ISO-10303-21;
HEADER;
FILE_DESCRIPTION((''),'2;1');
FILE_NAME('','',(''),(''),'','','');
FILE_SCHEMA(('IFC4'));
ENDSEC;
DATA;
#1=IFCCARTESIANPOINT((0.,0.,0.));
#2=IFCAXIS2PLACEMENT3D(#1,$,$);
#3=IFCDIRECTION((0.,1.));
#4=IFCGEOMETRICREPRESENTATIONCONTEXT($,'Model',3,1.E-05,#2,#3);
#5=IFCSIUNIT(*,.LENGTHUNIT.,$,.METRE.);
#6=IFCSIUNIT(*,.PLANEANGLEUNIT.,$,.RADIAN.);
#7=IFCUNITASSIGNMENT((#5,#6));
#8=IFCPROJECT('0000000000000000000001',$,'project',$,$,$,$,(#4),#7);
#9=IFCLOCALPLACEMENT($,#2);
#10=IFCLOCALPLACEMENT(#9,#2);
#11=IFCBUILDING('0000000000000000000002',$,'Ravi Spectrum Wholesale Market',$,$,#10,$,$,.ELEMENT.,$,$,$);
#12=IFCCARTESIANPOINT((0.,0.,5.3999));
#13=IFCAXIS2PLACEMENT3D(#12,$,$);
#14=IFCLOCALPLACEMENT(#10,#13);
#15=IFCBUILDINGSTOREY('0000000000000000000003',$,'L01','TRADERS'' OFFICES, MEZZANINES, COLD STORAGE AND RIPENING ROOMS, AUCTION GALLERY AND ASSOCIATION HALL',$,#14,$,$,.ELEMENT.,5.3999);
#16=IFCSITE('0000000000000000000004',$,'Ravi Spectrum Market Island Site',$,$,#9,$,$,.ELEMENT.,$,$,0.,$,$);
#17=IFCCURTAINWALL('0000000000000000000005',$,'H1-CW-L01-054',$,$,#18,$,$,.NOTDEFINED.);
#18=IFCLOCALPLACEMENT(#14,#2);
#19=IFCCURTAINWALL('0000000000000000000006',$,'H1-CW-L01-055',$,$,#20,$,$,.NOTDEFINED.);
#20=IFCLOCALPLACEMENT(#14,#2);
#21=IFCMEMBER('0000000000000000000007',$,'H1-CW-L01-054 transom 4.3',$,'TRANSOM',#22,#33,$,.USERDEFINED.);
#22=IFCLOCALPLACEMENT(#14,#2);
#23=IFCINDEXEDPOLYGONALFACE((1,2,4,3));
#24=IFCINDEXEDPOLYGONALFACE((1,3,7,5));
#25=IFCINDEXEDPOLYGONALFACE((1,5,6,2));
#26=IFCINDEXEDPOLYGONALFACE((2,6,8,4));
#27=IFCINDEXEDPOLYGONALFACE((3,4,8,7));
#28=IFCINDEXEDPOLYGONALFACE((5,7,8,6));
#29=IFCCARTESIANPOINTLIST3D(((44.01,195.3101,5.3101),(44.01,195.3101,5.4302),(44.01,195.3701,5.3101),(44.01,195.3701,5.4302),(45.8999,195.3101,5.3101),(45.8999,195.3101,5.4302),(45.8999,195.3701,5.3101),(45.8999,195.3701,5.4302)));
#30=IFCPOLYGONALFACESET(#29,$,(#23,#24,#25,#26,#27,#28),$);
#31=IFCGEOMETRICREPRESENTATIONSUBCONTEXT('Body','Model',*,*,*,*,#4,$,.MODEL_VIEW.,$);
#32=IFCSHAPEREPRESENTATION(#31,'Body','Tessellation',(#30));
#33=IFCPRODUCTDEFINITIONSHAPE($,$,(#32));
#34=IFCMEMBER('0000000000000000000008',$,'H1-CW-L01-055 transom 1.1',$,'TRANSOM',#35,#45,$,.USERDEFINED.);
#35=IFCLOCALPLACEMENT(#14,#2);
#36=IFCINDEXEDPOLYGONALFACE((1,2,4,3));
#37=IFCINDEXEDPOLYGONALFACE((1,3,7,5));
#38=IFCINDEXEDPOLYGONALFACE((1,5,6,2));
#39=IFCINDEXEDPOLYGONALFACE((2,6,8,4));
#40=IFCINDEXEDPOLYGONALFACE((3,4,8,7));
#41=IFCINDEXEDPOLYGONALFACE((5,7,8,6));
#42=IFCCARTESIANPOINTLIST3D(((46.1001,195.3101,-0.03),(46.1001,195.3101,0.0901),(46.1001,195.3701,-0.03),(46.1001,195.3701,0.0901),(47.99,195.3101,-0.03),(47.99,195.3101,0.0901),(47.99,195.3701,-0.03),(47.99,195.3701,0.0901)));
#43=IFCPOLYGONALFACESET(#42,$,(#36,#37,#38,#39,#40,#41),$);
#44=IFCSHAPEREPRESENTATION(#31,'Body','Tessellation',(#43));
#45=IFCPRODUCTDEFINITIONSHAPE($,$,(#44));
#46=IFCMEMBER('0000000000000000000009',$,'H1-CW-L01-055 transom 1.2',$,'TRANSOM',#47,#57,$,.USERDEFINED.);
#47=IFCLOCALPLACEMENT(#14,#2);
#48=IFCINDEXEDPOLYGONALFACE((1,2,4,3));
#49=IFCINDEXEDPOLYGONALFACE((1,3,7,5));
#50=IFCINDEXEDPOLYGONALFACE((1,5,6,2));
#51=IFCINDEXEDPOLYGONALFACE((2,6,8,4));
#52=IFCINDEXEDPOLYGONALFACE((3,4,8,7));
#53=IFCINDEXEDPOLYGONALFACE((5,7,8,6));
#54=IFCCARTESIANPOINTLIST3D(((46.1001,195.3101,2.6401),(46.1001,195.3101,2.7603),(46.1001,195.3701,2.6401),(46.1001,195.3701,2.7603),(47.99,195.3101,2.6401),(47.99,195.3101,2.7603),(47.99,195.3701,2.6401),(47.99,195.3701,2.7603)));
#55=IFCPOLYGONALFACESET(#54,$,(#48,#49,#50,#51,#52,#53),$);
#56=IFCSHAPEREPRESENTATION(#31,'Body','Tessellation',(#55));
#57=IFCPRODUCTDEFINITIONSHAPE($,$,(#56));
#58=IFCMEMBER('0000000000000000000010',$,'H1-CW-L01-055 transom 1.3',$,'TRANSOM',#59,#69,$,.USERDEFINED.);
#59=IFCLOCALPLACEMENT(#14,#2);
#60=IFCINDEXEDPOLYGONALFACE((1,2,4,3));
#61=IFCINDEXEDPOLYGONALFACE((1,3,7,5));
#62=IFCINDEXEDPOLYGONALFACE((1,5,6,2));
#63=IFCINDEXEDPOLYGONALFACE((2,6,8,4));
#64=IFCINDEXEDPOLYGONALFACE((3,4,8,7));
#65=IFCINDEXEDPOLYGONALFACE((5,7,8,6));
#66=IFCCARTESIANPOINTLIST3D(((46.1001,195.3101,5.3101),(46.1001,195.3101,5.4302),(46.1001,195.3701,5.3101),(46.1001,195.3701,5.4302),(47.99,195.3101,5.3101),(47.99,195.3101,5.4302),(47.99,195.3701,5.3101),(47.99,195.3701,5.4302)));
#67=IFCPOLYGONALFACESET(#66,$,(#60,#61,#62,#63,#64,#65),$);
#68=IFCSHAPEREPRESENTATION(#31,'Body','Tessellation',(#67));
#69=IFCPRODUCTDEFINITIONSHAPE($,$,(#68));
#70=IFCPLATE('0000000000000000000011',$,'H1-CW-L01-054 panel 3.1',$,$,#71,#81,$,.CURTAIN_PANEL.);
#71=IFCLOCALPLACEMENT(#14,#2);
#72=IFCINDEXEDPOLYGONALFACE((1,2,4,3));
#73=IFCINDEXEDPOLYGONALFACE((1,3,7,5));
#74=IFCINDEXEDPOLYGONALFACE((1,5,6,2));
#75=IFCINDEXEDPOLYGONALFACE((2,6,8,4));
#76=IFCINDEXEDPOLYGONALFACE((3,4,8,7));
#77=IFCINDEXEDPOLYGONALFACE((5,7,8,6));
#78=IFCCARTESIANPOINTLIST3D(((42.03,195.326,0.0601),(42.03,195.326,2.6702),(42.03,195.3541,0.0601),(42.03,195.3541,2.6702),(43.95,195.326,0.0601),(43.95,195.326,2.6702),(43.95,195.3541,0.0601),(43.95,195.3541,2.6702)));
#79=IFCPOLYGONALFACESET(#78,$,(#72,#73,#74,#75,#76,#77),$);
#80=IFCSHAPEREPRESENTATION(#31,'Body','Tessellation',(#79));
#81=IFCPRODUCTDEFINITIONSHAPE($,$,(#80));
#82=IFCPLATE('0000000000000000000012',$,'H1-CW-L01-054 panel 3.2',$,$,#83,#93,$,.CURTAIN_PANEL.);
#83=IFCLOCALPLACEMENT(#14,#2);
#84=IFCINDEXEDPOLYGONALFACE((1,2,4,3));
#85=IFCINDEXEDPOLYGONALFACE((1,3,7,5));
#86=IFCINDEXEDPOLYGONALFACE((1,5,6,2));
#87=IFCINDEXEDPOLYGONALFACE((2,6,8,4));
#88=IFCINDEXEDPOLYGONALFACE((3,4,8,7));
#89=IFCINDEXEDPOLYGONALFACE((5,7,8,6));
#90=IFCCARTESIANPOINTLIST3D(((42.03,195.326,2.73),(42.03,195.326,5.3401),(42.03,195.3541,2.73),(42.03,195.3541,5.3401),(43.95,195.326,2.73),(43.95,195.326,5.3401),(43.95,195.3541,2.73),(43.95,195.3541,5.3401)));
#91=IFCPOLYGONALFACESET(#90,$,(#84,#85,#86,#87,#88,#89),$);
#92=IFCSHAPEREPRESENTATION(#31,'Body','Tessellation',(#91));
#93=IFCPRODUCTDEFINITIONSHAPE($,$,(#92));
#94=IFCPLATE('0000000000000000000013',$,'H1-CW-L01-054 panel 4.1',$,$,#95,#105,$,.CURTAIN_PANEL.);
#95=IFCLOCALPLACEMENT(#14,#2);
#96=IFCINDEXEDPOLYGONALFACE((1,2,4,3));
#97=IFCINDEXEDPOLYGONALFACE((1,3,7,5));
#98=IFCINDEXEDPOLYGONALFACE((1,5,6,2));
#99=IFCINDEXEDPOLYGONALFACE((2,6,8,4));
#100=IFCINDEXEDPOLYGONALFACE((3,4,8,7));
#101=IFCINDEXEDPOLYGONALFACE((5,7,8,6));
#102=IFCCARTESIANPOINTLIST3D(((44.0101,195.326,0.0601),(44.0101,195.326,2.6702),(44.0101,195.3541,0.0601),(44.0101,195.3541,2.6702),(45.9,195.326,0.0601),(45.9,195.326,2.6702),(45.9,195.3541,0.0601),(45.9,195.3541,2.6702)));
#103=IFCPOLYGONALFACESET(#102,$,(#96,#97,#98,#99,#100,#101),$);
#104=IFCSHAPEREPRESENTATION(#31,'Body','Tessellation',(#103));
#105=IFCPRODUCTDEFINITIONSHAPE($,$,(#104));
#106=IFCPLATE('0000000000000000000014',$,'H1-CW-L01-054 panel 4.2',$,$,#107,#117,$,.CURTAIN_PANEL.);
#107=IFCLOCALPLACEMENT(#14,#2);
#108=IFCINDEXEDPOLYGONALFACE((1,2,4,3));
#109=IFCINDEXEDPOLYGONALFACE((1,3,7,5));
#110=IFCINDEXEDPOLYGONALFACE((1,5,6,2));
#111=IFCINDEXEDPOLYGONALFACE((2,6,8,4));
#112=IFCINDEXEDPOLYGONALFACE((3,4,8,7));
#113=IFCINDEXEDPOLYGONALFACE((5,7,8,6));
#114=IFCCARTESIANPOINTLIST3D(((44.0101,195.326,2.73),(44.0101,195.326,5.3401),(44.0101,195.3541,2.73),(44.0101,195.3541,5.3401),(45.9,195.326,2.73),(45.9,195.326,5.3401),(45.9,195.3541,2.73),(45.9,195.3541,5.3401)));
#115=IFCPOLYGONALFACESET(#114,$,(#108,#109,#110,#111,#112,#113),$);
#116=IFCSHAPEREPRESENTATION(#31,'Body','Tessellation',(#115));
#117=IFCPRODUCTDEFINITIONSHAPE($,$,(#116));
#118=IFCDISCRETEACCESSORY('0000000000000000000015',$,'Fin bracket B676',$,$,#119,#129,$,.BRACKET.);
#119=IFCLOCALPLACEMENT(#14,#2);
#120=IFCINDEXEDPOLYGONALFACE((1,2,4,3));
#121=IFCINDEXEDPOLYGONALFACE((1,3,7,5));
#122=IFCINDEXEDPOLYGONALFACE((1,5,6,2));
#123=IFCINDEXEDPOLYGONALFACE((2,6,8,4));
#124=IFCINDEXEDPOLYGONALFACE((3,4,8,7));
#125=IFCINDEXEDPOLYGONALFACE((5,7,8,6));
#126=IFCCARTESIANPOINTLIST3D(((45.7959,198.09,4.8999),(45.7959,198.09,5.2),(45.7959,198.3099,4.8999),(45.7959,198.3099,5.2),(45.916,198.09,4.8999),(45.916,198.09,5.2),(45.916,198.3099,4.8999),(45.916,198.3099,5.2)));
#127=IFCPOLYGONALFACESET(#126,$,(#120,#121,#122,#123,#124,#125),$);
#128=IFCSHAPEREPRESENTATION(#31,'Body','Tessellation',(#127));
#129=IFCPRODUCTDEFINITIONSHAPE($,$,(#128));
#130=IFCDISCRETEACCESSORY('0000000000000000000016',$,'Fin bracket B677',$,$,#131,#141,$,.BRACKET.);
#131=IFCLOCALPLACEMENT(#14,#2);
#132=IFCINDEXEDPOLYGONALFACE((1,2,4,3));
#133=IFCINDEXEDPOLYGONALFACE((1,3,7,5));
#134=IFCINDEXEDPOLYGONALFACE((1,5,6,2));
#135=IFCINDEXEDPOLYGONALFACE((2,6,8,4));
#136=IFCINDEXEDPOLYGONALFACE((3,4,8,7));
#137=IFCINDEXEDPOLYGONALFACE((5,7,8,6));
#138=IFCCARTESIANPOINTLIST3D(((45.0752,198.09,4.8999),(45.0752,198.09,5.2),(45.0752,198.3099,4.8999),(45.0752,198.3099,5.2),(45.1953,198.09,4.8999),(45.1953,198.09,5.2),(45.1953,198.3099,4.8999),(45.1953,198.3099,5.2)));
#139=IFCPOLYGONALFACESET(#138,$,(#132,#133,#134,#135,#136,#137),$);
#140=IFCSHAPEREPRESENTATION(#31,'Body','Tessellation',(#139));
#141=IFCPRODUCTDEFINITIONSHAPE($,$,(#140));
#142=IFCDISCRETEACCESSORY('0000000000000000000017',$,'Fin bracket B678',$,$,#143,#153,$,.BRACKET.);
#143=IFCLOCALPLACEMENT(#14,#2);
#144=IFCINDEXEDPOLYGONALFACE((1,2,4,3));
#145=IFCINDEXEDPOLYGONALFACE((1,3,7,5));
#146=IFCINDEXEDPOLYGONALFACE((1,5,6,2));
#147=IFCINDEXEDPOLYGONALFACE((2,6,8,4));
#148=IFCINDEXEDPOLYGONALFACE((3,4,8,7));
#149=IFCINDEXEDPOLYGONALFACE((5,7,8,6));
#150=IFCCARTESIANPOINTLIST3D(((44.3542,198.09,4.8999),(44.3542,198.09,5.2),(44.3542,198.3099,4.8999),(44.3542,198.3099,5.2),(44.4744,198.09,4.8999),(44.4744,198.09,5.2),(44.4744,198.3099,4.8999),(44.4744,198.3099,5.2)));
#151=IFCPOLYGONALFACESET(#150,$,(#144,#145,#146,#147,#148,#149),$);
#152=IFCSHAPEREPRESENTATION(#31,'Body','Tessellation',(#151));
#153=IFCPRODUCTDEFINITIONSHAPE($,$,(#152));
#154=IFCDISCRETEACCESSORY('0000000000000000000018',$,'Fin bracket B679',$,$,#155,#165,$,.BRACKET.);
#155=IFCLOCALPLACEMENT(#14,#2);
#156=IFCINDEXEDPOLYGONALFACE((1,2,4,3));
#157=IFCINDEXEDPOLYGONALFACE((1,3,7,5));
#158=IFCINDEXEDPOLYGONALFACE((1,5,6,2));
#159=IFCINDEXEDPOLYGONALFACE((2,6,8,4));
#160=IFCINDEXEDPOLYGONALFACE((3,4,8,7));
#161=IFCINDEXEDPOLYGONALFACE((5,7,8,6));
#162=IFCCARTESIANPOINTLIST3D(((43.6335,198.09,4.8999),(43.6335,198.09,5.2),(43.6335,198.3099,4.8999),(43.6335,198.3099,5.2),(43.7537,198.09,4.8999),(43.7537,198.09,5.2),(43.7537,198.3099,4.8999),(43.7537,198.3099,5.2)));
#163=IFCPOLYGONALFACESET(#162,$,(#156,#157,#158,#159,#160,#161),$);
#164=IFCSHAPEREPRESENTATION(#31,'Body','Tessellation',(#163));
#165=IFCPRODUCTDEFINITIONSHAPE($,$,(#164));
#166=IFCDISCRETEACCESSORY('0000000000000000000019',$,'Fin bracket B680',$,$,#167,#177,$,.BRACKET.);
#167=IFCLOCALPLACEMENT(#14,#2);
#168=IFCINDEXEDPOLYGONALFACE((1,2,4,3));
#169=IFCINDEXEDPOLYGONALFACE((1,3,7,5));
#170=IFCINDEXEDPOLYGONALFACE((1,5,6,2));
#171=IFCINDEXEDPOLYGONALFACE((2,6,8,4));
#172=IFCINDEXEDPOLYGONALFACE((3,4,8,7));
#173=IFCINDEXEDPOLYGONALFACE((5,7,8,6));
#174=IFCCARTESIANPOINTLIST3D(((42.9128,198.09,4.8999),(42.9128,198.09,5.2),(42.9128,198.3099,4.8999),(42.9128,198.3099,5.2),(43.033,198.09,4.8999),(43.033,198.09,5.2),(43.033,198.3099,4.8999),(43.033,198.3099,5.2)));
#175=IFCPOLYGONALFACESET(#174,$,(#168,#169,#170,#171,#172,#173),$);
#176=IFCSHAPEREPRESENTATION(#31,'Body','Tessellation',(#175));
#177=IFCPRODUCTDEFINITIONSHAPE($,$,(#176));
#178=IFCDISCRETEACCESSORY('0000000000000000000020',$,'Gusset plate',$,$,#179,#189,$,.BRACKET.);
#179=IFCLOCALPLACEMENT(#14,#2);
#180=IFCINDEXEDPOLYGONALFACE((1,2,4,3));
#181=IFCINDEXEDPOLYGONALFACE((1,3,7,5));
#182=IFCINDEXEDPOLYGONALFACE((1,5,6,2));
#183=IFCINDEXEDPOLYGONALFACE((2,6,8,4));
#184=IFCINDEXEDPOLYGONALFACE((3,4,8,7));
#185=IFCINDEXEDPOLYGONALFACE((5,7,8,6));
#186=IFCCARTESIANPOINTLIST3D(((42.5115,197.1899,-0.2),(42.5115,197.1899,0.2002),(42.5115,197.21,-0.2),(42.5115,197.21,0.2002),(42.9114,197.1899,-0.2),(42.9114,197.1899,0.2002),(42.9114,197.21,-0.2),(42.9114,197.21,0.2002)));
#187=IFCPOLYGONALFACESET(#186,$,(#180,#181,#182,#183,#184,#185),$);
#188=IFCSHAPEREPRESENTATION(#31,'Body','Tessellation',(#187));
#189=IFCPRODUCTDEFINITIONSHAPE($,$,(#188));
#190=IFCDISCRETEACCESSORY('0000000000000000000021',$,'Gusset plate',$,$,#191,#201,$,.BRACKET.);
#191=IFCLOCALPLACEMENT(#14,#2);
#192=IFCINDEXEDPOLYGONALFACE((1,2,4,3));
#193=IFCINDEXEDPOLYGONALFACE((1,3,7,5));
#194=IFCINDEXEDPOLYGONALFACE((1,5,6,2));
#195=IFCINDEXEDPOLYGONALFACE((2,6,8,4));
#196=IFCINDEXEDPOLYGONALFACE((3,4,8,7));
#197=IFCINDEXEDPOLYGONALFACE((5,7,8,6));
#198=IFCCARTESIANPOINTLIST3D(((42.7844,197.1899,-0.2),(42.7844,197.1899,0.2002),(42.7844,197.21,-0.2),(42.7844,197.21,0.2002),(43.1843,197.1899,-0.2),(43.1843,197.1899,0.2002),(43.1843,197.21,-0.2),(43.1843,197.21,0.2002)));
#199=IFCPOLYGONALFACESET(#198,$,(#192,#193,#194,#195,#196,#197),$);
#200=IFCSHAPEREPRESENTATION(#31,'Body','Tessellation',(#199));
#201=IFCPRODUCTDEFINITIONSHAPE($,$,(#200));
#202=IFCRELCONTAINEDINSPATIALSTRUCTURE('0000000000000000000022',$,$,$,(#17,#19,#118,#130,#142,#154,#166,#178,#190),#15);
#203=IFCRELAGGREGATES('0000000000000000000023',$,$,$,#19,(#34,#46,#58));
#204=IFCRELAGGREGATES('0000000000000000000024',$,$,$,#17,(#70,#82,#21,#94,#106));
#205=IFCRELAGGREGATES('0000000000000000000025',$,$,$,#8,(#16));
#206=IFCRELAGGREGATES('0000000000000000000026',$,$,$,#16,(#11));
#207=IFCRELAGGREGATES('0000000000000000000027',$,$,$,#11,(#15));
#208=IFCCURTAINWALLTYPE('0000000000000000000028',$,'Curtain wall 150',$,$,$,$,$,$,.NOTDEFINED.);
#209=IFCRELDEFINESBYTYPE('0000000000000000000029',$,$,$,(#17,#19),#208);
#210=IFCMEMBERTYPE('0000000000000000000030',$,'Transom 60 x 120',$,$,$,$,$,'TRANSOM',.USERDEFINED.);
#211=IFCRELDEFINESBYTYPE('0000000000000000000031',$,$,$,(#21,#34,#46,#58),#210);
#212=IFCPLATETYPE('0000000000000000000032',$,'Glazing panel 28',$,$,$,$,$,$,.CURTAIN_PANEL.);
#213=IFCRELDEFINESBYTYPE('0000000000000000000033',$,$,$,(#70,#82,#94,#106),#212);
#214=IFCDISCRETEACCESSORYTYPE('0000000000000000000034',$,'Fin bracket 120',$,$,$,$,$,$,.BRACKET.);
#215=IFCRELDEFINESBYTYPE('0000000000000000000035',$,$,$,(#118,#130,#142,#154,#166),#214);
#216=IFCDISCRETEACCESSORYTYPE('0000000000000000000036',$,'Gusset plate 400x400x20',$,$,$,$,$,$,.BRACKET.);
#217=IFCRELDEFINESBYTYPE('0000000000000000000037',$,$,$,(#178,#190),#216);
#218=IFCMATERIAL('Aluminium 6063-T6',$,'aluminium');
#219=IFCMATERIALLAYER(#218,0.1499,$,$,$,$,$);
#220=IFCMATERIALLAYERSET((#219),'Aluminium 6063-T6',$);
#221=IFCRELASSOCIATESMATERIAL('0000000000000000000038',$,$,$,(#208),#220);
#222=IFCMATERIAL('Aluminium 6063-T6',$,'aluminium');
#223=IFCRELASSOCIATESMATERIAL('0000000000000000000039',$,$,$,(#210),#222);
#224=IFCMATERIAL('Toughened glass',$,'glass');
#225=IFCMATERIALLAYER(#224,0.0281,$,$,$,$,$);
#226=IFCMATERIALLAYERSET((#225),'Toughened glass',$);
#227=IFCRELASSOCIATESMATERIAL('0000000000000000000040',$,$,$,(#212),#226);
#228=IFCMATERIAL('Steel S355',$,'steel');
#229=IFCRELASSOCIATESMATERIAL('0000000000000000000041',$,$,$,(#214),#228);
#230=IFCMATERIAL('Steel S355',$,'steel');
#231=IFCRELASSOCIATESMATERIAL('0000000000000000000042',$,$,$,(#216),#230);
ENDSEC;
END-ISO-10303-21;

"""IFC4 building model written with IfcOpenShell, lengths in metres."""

from ifc_helpers import new_model, si_unit, direction, frame, origin, origin_2d, place, context, subcontext, project, spatial, rectangle, extrude, material, layer, layer_set, material_profile, profile_set, type_object, element, aggregate, save


model = new_model("IFC4")

# Units and contexts
model_context = context("Model", 3, precision=1e-05, world=origin(), true_north=direction((0.0, 1.0)))
body_context = subcontext(model_context, "Body", "Model", "MODEL_VIEW")
ifc_project = project(units=[si_unit("LENGTHUNIT", "METRE"), si_unit("PLANEANGLEUNIT", "RADIAN")], contexts=[model_context])

# Site, building, storey
site_placement = place(None, origin())
site = spatial("IfcSite", under=ifc_project, at=site_placement, Name="Ravi Spectrum Market Island Site", CompositionType="ELEMENT", RefElevation=0.0)
building_placement = place(site_placement, origin())
building = spatial("IfcBuilding", under=site, at=building_placement, Name="Ravi Spectrum Wholesale Market", CompositionType="ELEMENT")
storey_placement = place(building_placement, frame((0.0, 0.0, 5.3999)))
storey = spatial("IfcBuildingStorey", under=building, at=storey_placement, Name="L01", Description="TRADERS' OFFICES, MEZZANINES, COLD STORAGE AND RIPENING ROOMS, AUCTION GALLERY AND ASSOCIATION HALL", CompositionType="ELEMENT", Elevation=5.3999)

# Curtain wall
ifc_material_1 = material(Name="Aluminium 6063-T6", Category="aluminium")
ifc_layer_1 = layer(ifc_material_1, 0.1499)
ifc_layer_set_1 = layer_set([ifc_layer_1], Name="Aluminium 6063-T6")
curtain_wall_type = type_object("IfcCurtainWallType", Name="Curtain wall 150", PredefinedType="NOTDEFINED", material=ifc_layer_set_1)
curtain_wall_1_placement = place(storey_placement, origin())
curtain_wall_1 = element("IfcCurtainWall", 1, at=curtain_wall_1_placement, inside=storey, type_object=curtain_wall_type, Name="H1-CW-L01-054", PredefinedType="NOTDEFINED")

# Curtain wall
curtain_wall_2_placement = place(storey_placement, origin())
curtain_wall_2 = element("IfcCurtainWall", 2, at=curtain_wall_2_placement, inside=storey, type_object=curtain_wall_type, Name="H1-CW-L01-055", PredefinedType="NOTDEFINED")

# Members
ifc_material_2 = material(Name="Aluminium 6063-T6", Category="aluminium")
ifc_material_profile_1 = material_profile(ifc_material_2, rectangle(XDim=0.0601, YDim=0.1201, at=origin_2d()))
ifc_profile_set_1 = profile_set([ifc_material_profile_1], Name="Aluminium 6063-T6")
member_type_1 = type_object("IfcMemberType", Name="Transom 60 x 120", ElementType="TRANSOM", PredefinedType="USERDEFINED", material=ifc_profile_set_1)
member_1_placement = place(storey_placement, frame((44.01, 195.3401, 5.3701), z_axis=(1.0, 0.0, 0.0), x_axis=(0.0, 1.0, 0.0)))
member_1 = element("IfcMember", 3, at=member_1_placement, type_object=member_type_1, Name="H1-CW-L01-054 transom 4.3", ObjectType="TRANSOM", PredefinedType="USERDEFINED", context=body_context, shape_type="SweptSolid", body=[
    extrude(rectangle(XDim=0.0601, YDim=0.1201, at=origin_2d()), origin(), (0.0, 0.0, 1.0), 1.8899),
])
member_2_placement = place(storey_placement, frame((46.1001, 195.3401, 0.03), z_axis=(1.0, 0.0, 0.0), x_axis=(0.0, 1.0, 0.0)))
member_2 = element("IfcMember", 4, at=member_2_placement, type_object=member_type_1, Name="H1-CW-L01-055 transom 1.1", ObjectType="TRANSOM", PredefinedType="USERDEFINED", context=body_context, shape_type="SweptSolid", body=[
    extrude(rectangle(XDim=0.0601, YDim=0.1201, at=origin_2d()), origin(), (0.0, 0.0, 1.0), 1.8899),
])
member_3_placement = place(storey_placement, frame((46.1001, 195.3401, 2.7002), z_axis=(1.0, 0.0, 0.0), x_axis=(0.0, 1.0, 0.0)))
member_3 = element("IfcMember", 5, at=member_3_placement, type_object=member_type_1, Name="H1-CW-L01-055 transom 1.2", ObjectType="TRANSOM", PredefinedType="USERDEFINED", context=body_context, shape_type="SweptSolid", body=[
    extrude(rectangle(XDim=0.0601, YDim=0.1201, at=origin_2d()), origin(), (0.0, 0.0, 1.0), 1.8899),
])
member_4_placement = place(storey_placement, frame((46.1001, 195.3401, 5.3701), z_axis=(1.0, 0.0, 0.0), x_axis=(0.0, 1.0, 0.0)))
member_4 = element("IfcMember", 6, at=member_4_placement, type_object=member_type_1, Name="H1-CW-L01-055 transom 1.3", ObjectType="TRANSOM", PredefinedType="USERDEFINED", context=body_context, shape_type="SweptSolid", body=[
    extrude(rectangle(XDim=0.0601, YDim=0.1201, at=origin_2d()), origin(), (0.0, 0.0, 1.0), 1.8899),
])
aggregate(curtain_wall_2, [member_2, member_3, member_4])

# Plates
ifc_material_3 = material(Name="Toughened glass", Category="glass")
ifc_layer_2 = layer(ifc_material_3, 0.0281)
ifc_layer_set_2 = layer_set([ifc_layer_2], Name="Toughened glass")
plate_type = type_object("IfcPlateType", Name="Glazing panel 28", PredefinedType="CURTAIN_PANEL", material=ifc_layer_set_2)
plate_1_placement = place(storey_placement, frame((42.99, 195.3401, 0.0601), z_axis=(0.0, 0.0, 1.0), x_axis=(1.0, 0.0, 0.0)))
plate_1 = element("IfcPlate", 7, at=plate_1_placement, type_object=plate_type, Name="H1-CW-L01-054 panel 3.1", PredefinedType="CURTAIN_PANEL", context=body_context, shape_type="SweptSolid", body=[
    extrude(rectangle(XDim=1.9199, YDim=0.0281, at=origin_2d()), origin(), (0.0, 0.0, 1.0), 2.6101),
])
plate_2_placement = place(storey_placement, frame((42.99, 195.3401, 2.73), z_axis=(0.0, 0.0, 1.0), x_axis=(1.0, 0.0, 0.0)))
plate_2 = element("IfcPlate", 8, at=plate_2_placement, type_object=plate_type, Name="H1-CW-L01-054 panel 3.2", PredefinedType="CURTAIN_PANEL", context=body_context, shape_type="SweptSolid", body=[
    extrude(rectangle(XDim=1.9199, YDim=0.0281, at=origin_2d()), origin(), (0.0, 0.0, 1.0), 2.6101),
])
plate_3_placement = place(storey_placement, frame((44.9551, 195.3401, 0.0601), z_axis=(0.0, 0.0, 1.0), x_axis=(1.0, 0.0, 0.0)))
plate_3 = element("IfcPlate", 9, at=plate_3_placement, type_object=plate_type, Name="H1-CW-L01-054 panel 4.1", PredefinedType="CURTAIN_PANEL", context=body_context, shape_type="SweptSolid", body=[
    extrude(rectangle(XDim=1.8899, YDim=0.0281, at=origin_2d()), origin(), (0.0, 0.0, 1.0), 2.6101),
])
plate_4_placement = place(storey_placement, frame((44.9551, 195.3401, 2.73), z_axis=(0.0, 0.0, 1.0), x_axis=(1.0, 0.0, 0.0)))
plate_4 = element("IfcPlate", 10, at=plate_4_placement, type_object=plate_type, Name="H1-CW-L01-054 panel 4.2", PredefinedType="CURTAIN_PANEL", context=body_context, shape_type="SweptSolid", body=[
    extrude(rectangle(XDim=1.8899, YDim=0.0281, at=origin_2d()), origin(), (0.0, 0.0, 1.0), 2.6101),
])
aggregate(curtain_wall_1, [plate_1, plate_2, member_1, plate_3, plate_4])

# Discrete accessories
ifc_material_4 = material(Name="Steel S355", Category="steel")
discrete_accessory_type_1 = type_object("IfcDiscreteAccessoryType", Name="Fin bracket 120", PredefinedType="BRACKET", material=ifc_material_4)
for number, where, z_axis, x_axis, name in (
    (11, (45.856, 198.2, 4.8999), (0.0, 0.0, 1.0), (-1.0, 0.0, 0.0), "Fin bracket B676"),
    (12, (45.1353, 198.2, 4.8999), (0.0, 0.0, 1.0), (-1.0, 0.0, 0.0), "Fin bracket B677"),
    (13, (44.4143, 198.2, 4.8999), (0.0, 0.0, 1.0), (-1.0, 0.0, 0.0), "Fin bracket B678"),
    (14, (43.6936, 198.2, 4.8999), (0.0, 0.0, 1.0), (-1.0, 0.0, 0.0), "Fin bracket B679"),
    (15, (42.9729, 198.2, 4.8999), (0.0, 0.0, 1.0), (-1.0, 0.0, 0.0), "Fin bracket B680"),
):
    element("IfcDiscreteAccessory", number, at=place(storey_placement, frame(where, z_axis=z_axis, x_axis=x_axis)), inside=storey, type_object=discrete_accessory_type_1, Name=name, PredefinedType="BRACKET", context=body_context, shape_type="SweptSolid", body=[
        extrude(rectangle(XDim=0.1201, YDim=0.22, at=origin_2d()), origin(), (0.0, 0.0, 1.0), 0.3),
    ])
ifc_material_5 = material(Name="Steel S355", Category="steel")
ifc_material_profile_2 = material_profile(ifc_material_5, rectangle(XDim=0.3999, YDim=0.02, at=origin_2d()))
ifc_profile_set_2 = profile_set([ifc_material_profile_2], Name="Steel S355")
discrete_accessory_type_2 = type_object("IfcDiscreteAccessoryType", Name="Gusset plate 400x400x20", PredefinedType="BRACKET", material=ifc_profile_set_2)
for number, where, z_axis, x_axis, name in (
    (16, (42.7114, 197.2, -0.2), (0.0, 0.0, 1.0), (1.0, 0.0, 0.0), "Gusset plate"),
    (17, (42.9844, 197.2, -0.2), (0.0, 0.0, 1.0), (1.0, 0.0, 0.0), "Gusset plate"),
):
    element("IfcDiscreteAccessory", number, at=place(storey_placement, frame(where, z_axis=z_axis, x_axis=x_axis)), inside=storey, type_object=discrete_accessory_type_2, Name=name, PredefinedType="BRACKET", context=body_context, shape_type="SweptSolid", body=[
        extrude(rectangle(XDim=0.3999, YDim=0.02, at=origin_2d()), origin(), (0.0, 0.0, 1.0), 0.4001),
    ])

save(model, "model.ifc")
